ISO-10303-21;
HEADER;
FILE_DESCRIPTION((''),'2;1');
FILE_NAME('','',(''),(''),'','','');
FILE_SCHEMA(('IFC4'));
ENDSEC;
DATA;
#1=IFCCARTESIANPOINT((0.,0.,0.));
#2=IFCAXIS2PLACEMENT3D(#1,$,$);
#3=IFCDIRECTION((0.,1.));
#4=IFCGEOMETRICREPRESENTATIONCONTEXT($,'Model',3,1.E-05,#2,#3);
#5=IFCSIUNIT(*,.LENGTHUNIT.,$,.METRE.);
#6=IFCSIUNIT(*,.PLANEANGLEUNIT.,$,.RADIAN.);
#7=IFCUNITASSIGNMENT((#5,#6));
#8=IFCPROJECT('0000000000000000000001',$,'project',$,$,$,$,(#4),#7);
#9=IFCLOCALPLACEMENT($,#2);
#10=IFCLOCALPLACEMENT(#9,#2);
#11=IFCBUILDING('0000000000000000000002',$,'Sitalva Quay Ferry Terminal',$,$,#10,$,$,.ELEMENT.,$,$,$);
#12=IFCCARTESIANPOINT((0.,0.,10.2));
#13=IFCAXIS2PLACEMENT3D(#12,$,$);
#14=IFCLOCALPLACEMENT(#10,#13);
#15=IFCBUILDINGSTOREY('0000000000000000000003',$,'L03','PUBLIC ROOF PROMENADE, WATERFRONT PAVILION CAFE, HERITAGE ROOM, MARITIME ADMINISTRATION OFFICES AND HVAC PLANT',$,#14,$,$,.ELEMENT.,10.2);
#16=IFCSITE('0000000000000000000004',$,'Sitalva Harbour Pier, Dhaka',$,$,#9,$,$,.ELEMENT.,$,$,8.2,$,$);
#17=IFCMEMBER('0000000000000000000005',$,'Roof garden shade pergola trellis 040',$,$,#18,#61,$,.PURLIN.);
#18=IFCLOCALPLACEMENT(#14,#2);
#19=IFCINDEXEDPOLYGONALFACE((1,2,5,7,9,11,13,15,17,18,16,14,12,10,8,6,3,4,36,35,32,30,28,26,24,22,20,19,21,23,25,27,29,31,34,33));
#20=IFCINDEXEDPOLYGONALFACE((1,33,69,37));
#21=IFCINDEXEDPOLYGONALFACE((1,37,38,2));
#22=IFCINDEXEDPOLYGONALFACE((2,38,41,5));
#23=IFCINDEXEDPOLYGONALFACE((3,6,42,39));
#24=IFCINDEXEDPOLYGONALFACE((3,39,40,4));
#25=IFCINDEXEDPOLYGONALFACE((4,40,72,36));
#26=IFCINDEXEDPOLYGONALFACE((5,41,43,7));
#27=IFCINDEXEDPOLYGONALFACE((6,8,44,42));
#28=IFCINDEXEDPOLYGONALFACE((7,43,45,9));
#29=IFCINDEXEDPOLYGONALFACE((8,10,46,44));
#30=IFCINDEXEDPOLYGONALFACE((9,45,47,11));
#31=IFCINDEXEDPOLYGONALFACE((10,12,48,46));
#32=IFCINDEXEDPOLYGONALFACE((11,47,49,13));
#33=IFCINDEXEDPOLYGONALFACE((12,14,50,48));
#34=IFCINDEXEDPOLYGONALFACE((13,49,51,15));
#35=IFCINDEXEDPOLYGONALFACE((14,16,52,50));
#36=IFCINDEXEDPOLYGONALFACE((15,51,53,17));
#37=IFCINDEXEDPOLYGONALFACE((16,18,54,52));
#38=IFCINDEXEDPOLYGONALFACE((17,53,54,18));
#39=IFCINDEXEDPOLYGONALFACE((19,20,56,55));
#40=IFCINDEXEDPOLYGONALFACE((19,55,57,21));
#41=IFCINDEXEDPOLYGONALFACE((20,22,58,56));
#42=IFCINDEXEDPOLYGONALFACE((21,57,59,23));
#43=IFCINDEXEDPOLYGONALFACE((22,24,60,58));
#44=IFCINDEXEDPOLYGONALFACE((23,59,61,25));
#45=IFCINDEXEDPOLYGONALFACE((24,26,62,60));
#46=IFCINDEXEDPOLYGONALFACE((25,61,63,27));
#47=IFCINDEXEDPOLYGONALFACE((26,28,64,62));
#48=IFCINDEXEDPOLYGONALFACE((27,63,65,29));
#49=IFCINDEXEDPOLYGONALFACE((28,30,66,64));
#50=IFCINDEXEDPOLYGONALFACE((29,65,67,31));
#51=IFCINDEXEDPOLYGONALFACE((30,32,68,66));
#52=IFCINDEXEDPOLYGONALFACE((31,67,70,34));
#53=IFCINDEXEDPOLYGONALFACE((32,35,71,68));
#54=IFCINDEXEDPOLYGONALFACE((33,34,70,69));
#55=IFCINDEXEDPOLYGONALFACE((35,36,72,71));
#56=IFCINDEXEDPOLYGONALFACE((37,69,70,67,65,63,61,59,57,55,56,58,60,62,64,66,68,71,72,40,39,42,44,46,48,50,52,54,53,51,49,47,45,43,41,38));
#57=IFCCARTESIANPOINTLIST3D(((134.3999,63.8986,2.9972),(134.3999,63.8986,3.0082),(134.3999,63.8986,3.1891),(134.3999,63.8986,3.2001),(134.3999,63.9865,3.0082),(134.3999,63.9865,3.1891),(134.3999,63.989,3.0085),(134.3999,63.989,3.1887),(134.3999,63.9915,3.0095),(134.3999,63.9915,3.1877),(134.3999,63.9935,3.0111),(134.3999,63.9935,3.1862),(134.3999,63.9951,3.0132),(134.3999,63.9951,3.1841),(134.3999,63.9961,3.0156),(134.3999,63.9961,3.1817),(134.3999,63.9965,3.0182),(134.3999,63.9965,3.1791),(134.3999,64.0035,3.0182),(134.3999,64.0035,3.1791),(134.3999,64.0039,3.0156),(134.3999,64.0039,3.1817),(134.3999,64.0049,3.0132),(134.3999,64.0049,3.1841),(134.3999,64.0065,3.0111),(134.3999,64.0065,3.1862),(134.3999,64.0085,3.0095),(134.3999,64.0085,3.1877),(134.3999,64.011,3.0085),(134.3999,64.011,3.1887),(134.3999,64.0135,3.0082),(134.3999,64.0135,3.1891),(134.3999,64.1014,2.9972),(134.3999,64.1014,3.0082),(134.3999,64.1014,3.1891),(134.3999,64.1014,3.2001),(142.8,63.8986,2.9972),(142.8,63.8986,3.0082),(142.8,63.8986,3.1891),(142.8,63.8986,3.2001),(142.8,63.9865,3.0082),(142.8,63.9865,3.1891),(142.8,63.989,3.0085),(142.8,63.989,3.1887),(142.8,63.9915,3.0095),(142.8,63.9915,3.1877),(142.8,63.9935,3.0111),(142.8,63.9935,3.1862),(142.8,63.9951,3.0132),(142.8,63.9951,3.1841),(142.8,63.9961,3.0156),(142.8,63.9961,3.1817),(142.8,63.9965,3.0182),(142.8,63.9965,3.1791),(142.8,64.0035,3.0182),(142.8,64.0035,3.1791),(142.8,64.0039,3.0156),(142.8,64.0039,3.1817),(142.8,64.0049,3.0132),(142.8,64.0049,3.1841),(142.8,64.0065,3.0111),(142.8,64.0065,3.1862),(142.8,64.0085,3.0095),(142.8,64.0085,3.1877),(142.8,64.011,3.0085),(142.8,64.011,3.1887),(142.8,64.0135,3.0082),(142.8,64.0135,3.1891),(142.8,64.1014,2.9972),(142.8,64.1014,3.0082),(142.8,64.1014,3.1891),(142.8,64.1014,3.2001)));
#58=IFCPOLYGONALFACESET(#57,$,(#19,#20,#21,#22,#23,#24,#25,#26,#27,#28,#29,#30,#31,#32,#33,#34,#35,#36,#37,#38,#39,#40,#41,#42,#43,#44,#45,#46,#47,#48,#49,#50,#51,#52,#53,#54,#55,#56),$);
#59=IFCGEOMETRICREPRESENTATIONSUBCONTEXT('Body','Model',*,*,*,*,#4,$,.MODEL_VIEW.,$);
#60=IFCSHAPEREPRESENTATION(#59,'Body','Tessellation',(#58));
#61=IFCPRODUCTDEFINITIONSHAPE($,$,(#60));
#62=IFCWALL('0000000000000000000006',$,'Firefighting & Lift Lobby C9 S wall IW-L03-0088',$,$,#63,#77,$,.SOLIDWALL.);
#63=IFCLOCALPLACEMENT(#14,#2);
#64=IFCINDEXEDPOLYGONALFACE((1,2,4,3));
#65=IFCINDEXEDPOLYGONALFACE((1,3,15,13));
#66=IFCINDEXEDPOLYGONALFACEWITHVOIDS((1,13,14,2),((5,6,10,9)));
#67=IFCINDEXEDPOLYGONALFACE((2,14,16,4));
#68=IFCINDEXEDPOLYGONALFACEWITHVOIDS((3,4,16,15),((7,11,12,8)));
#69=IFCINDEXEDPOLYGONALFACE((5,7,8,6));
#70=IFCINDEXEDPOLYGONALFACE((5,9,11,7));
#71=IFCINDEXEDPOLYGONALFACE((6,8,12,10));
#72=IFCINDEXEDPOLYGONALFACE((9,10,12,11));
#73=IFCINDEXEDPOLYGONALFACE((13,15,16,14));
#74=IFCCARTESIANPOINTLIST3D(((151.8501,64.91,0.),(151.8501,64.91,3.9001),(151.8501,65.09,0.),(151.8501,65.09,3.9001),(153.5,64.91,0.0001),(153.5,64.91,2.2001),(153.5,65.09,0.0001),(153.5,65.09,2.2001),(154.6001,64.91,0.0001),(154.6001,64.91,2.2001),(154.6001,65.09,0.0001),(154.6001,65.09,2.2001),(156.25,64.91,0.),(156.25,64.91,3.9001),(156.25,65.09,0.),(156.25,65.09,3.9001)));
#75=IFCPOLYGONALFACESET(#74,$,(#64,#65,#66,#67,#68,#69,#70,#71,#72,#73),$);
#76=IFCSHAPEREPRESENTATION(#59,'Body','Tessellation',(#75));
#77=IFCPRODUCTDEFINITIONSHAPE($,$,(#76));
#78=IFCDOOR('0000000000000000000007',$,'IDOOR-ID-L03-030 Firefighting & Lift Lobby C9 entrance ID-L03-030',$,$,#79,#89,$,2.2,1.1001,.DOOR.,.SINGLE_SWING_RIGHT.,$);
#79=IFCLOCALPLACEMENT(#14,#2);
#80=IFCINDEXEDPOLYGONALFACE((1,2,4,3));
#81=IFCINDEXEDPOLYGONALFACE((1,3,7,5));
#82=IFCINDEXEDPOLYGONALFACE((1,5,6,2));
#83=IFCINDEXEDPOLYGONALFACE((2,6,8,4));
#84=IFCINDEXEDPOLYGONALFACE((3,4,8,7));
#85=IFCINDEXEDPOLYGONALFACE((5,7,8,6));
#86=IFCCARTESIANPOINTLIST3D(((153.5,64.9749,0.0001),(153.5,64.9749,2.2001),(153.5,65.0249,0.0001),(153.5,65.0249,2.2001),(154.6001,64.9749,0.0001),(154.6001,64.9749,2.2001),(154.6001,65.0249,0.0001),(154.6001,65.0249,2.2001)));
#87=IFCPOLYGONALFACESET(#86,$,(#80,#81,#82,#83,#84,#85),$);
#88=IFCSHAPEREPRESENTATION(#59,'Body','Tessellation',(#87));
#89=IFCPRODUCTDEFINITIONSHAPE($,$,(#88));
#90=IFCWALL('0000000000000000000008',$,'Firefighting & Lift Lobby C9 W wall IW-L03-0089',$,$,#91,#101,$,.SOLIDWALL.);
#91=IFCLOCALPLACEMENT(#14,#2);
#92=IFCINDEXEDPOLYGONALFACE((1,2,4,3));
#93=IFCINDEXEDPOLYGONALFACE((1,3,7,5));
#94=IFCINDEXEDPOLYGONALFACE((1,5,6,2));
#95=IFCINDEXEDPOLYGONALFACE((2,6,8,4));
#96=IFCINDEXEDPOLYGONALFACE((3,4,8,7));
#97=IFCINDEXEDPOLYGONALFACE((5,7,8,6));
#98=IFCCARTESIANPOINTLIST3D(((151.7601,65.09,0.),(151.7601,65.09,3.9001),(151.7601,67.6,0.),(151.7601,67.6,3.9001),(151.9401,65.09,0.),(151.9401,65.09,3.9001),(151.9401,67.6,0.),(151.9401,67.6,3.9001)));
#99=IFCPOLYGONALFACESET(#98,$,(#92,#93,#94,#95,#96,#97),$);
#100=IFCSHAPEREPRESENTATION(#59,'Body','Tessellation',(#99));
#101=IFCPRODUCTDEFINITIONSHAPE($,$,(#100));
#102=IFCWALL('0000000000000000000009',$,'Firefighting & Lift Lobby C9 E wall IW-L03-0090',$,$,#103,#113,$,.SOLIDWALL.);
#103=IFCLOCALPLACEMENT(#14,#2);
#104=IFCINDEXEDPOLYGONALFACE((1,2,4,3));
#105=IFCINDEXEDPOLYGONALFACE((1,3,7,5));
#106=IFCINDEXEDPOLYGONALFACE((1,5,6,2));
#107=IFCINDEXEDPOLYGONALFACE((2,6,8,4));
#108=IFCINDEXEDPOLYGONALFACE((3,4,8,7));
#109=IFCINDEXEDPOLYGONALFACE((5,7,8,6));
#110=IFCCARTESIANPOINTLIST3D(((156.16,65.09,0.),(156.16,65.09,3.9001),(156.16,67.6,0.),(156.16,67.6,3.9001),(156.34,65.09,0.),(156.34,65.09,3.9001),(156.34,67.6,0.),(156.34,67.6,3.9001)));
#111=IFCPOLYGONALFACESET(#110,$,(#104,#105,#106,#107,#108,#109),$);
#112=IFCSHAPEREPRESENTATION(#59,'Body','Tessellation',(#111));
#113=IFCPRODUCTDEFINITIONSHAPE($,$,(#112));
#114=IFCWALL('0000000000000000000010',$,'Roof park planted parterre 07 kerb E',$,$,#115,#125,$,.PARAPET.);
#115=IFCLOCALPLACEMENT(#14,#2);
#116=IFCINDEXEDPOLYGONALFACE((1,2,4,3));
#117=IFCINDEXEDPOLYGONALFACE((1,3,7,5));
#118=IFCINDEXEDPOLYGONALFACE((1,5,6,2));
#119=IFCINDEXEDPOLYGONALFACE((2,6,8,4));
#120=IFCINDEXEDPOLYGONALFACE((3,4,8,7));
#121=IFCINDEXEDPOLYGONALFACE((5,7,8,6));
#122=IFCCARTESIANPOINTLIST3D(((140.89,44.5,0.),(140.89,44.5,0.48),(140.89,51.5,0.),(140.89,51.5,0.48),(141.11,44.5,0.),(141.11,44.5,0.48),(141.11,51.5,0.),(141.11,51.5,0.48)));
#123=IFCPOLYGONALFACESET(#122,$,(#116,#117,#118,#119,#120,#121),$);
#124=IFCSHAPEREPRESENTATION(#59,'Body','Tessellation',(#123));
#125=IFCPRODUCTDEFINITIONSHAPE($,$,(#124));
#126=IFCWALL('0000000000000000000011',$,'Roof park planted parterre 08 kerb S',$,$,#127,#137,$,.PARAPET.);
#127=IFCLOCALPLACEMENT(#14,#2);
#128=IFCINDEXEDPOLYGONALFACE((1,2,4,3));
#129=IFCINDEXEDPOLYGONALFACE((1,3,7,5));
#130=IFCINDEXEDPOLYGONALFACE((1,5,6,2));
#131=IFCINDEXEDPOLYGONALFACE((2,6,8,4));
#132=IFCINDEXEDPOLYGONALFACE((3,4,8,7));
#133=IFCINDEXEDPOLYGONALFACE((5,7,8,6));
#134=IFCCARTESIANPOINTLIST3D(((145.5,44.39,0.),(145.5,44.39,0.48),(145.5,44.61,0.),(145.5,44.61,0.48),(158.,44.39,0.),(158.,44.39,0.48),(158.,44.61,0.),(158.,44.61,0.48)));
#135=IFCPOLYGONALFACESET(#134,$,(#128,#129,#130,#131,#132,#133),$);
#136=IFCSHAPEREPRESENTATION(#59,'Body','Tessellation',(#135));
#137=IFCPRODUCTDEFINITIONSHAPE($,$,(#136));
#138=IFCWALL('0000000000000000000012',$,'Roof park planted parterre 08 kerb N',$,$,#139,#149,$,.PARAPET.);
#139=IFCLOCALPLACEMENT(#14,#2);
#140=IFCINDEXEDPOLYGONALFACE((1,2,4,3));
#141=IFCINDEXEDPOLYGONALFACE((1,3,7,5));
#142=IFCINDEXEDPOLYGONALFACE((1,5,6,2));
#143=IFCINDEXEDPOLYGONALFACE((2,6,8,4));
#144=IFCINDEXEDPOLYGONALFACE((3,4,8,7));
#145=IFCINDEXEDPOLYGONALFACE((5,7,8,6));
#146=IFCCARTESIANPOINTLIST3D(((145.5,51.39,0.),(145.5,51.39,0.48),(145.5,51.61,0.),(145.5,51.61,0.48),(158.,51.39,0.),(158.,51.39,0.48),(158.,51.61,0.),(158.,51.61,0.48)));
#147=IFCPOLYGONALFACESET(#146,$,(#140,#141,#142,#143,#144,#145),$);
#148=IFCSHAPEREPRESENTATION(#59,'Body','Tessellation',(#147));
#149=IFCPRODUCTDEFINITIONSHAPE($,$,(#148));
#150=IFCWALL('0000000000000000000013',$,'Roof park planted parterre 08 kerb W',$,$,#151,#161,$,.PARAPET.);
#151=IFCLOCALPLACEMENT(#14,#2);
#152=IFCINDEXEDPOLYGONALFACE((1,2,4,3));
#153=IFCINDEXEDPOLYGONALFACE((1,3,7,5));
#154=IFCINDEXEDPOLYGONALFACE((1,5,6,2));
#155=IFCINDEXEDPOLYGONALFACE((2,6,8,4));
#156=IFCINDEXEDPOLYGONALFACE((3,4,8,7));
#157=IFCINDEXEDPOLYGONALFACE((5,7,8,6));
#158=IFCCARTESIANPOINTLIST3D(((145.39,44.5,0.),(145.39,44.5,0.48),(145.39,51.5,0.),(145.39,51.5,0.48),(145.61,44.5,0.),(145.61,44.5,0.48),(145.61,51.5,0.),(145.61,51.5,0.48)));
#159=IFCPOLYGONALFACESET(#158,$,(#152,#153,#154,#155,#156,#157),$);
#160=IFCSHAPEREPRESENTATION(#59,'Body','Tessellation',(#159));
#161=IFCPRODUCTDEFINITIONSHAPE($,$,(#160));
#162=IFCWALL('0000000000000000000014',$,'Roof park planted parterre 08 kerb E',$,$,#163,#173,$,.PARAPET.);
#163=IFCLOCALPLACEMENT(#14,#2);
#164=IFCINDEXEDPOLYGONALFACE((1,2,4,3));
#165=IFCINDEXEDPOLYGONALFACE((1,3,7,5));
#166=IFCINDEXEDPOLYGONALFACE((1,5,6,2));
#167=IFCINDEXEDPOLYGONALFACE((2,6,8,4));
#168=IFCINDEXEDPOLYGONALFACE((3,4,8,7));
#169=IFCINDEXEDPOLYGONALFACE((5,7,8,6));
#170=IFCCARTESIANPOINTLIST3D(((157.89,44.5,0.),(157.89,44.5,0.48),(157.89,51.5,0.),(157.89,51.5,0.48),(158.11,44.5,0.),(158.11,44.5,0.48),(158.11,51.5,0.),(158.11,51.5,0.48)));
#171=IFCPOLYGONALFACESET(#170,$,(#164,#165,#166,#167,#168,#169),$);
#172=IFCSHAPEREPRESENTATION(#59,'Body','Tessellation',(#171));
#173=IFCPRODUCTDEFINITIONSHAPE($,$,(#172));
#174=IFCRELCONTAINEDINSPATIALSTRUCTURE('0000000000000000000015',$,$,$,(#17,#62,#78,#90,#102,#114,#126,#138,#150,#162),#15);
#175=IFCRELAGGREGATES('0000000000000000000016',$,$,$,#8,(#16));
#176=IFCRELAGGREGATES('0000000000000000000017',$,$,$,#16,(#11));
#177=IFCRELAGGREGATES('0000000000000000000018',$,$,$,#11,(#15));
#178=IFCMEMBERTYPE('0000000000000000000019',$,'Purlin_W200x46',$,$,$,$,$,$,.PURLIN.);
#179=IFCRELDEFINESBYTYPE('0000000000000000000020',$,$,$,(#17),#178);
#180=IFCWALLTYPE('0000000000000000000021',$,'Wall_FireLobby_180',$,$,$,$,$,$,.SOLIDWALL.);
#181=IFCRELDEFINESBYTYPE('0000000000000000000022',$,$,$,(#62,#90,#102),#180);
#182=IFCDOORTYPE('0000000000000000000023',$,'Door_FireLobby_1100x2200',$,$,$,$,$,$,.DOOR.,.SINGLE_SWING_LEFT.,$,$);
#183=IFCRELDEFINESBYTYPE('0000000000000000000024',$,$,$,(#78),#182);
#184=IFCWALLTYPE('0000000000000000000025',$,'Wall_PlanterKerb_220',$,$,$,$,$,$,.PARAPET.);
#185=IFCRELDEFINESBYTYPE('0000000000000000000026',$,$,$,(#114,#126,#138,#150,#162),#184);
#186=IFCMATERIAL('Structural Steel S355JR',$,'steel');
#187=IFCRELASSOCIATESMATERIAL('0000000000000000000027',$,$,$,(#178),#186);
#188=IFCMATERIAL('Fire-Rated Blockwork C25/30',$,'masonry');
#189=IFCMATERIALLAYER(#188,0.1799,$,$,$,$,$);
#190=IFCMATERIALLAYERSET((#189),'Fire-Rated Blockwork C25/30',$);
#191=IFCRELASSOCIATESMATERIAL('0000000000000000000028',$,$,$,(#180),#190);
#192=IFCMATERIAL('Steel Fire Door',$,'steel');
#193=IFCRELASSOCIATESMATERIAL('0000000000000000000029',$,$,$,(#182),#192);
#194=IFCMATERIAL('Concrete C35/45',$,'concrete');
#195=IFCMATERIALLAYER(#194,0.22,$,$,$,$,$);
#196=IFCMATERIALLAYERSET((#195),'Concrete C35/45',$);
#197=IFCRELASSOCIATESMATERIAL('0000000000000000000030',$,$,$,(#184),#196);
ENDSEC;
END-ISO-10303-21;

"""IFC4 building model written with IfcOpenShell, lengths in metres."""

from ifc_helpers import new_model, si_unit, direction, frame, frame_2d, origin, origin_2d, place, context, subcontext, project, spatial, rectangle, i_section, extrude, material, layer, layer_set, material_profile, profile_set, type_object, element, fill, save


model = new_model("IFC4")

# Units and contexts
model_context = context("Model", 3, precision=1e-05, world=origin(), true_north=direction((0.0, 1.0)))
body_context = subcontext(model_context, "Body", "Model", "MODEL_VIEW")
ifc_project = project(units=[si_unit("LENGTHUNIT", "METRE"), si_unit("PLANEANGLEUNIT", "RADIAN")], contexts=[model_context])

# Site, building, storey
site_placement = place(None, origin())
site = spatial("IfcSite", under=ifc_project, at=site_placement, Name="Sitalva Harbour Pier, Dhaka", CompositionType="ELEMENT", RefElevation=8.2)
building_placement = place(site_placement, origin())
building = spatial("IfcBuilding", under=site, at=building_placement, Name="Sitalva Quay Ferry Terminal", CompositionType="ELEMENT")
storey_placement = place(building_placement, frame((0.0, 0.0, 10.2)))
storey = spatial("IfcBuildingStorey", under=building, at=storey_placement, Name="L03", Description="PUBLIC ROOF PROMENADE, WATERFRONT PAVILION CAFE, HERITAGE ROOM, MARITIME ADMINISTRATION OFFICES AND HVAC PLANT", CompositionType="ELEMENT", Elevation=10.2)

# Member
ifc_material_1 = material(Name="Structural Steel S355JR", Category="steel")
ifc_material_profile_1 = material_profile(ifc_material_1, i_section(OverallWidth=0.2029, OverallDepth=0.2029, WebThickness=0.0071, FlangeThickness=0.011, FilletRadius=0.01, at=origin_2d()), Name="W200x46")
ifc_profile_set_1 = profile_set([ifc_material_profile_1], Name="Structural Steel S355JR")
member_type_1 = type_object("IfcMemberType", Name="Purlin_W200x46", PredefinedType="PURLIN", material=ifc_profile_set_1)
for number, where, z_axis, x_axis, name in (
    (1, (134.3999, 64.0, 3.0986), (1.0, 0.0, 0.0), (0.0, 1.0, 0.0), "Roof garden shade pergola trellis 040"),
):
    element("IfcMember", number, at=place(storey_placement, frame(where, z_axis=z_axis, x_axis=x_axis)), inside=storey, type_object=member_type_1, Name=name, PredefinedType="PURLIN", context=body_context, shape_type="SweptSolid", body=[
        extrude(i_section(OverallWidth=0.2029, OverallDepth=0.2029, WebThickness=0.0071, FlangeThickness=0.011, FilletRadius=0.01, at=origin_2d()), origin(), (0.0, 0.0, 1.0), 8.4001),
    ])

# Wall, opening, door
ifc_material_2 = material(Name="Fire-Rated Blockwork C25/30", Category="masonry")
ifc_layer_1 = layer(ifc_material_2, 0.1799)
ifc_layer_set_1 = layer_set([ifc_layer_1], Name="Fire-Rated Blockwork C25/30")
wall_type_1 = type_object("IfcWallType", Name="Wall_FireLobby_180", PredefinedType="SOLIDWALL", material=ifc_layer_set_1)
wall_1_placement = place(storey_placement, frame((151.8501, 65.0, 0.0), z_axis=(0.0, 0.0, 1.0), x_axis=(1.0, 0.0, 0.0)))
wall_1 = element("IfcWall", 2, at=wall_1_placement, inside=storey, type_object=wall_type_1, Name="Firefighting & Lift Lobby C9 S wall IW-L03-0088", PredefinedType="SOLIDWALL", context=body_context, shape_type="SweptSolid", body=[
    extrude(rectangle(XDim=4.3999, YDim=0.1799, at=frame_2d((2.2, 0.0))), origin(), (0.0, 0.0, 1.0), 3.9001),
])
opening_placement = place(wall_1_placement, frame((1.6499, 0.0, 0.0)))
opening = element("IfcOpeningElement", 3, at=opening_placement, cuts=wall_1, PredefinedType="OPENING", context=body_context, shape_type="SweptSolid", body=[
    extrude(rectangle(XDim=1.1001, YDim=2.2, at=frame_2d((0.55, 1.1001))), frame((0.0, 0.0999, 0.0), z_axis=(0.0, -1.0, 0.0), x_axis=(1.0, 0.0, 0.0)), (0.0, 0.0, 1.0), 0.2),
])
ifc_material_3 = material(Name="Steel Fire Door", Category="steel")
door_type = type_object("IfcDoorType", Name="Door_FireLobby_1100x2200", OperationType="SINGLE_SWING_LEFT", PredefinedType="DOOR", material=ifc_material_3)
door_placement = place(opening_placement, origin())
door = element("IfcDoor", 4, at=door_placement, inside=storey, type_object=door_type, Name="IDOOR-ID-L03-030 Firefighting & Lift Lobby C9 entrance ID-L03-030", OperationType="SINGLE_SWING_RIGHT", OverallHeight=2.2, OverallWidth=1.1001, PredefinedType="DOOR", context=body_context, shape_type="SweptSolid", body=[
    extrude(rectangle(XDim=1.1001, YDim=2.2, at=frame_2d((0.55, 1.1001))), frame((0.0, 0.0249, 0.0), z_axis=(0.0, -1.0, 0.0), x_axis=(1.0, 0.0, 0.0)), (0.0, 0.0, 1.0), 0.05),
])
fill(opening, door)

# Walls
for number, where, z_axis, x_axis, name in (
    (5, (151.8501, 65.0901, 0.0), (0.0, 0.0, 1.0), (0.0, 1.0, 0.0), "Firefighting & Lift Lobby C9 W wall IW-L03-0089"),
    (6, (156.25, 65.0901, 0.0), (0.0, 0.0, 1.0), (0.0, 1.0, 0.0), "Firefighting & Lift Lobby C9 E wall IW-L03-0090"),
):
    element("IfcWall", number, at=place(storey_placement, frame(where, z_axis=z_axis, x_axis=x_axis)), inside=storey, type_object=wall_type_1, Name=name, PredefinedType="SOLIDWALL", context=body_context, shape_type="SweptSolid", body=[
        extrude(rectangle(XDim=2.51, YDim=0.1799, at=frame_2d((1.2549, 0.0))), origin(), (0.0, 0.0, 1.0), 3.9001),
    ])
ifc_material_4 = material(Name="Concrete C35/45", Category="concrete")
ifc_layer_2 = layer(ifc_material_4, 0.22)
ifc_layer_set_2 = layer_set([ifc_layer_2], Name="Concrete C35/45")
wall_type_2 = type_object("IfcWallType", Name="Wall_PlanterKerb_220", PredefinedType="PARAPET", material=ifc_layer_set_2)
wall_2_placement = place(storey_placement, frame((141.0, 44.5, 0.0), z_axis=(0.0, 0.0, 1.0), x_axis=(0.0, 1.0, 0.0)))
element("IfcWall", 7, at=wall_2_placement, inside=storey, type_object=wall_type_2, Name="Roof park planted parterre 07 kerb E", PredefinedType="PARAPET", context=body_context, shape_type="SweptSolid", body=[
    extrude(rectangle(XDim=7.0, YDim=0.22, at=frame_2d((3.5, 0.0))), origin(), (0.0, 0.0, 1.0), 0.48),
])
for number, where, z_axis, x_axis, name in (
    (8, (145.5, 44.5, 0.0), (0.0, 0.0, 1.0), (1.0, 0.0, 0.0), "Roof park planted parterre 08 kerb S"),
    (9, (145.5, 51.5, 0.0), (0.0, 0.0, 1.0), (1.0, 0.0, 0.0), "Roof park planted parterre 08 kerb N"),
):
    element("IfcWall", number, at=place(storey_placement, frame(where, z_axis=z_axis, x_axis=x_axis)), inside=storey, type_object=wall_type_2, Name=name, PredefinedType="PARAPET", context=body_context, shape_type="SweptSolid", body=[
        extrude(rectangle(XDim=12.5, YDim=0.22, at=frame_2d((6.25, 0.0))), origin(), (0.0, 0.0, 1.0), 0.48),
    ])
for number, where, z_axis, x_axis, name in (
    (10, (145.5, 44.5, 0.0), (0.0, 0.0, 1.0), (0.0, 1.0, 0.0), "Roof park planted parterre 08 kerb W"),
    (11, (158.0, 44.5, 0.0), (0.0, 0.0, 1.0), (0.0, 1.0, 0.0), "Roof park planted parterre 08 kerb E"),
):
    element("IfcWall", number, at=place(storey_placement, frame(where, z_axis=z_axis, x_axis=x_axis)), inside=storey, type_object=wall_type_2, Name=name, PredefinedType="PARAPET", context=body_context, shape_type="SweptSolid", body=[
        extrude(rectangle(XDim=7.0, YDim=0.22, at=frame_2d((3.5, 0.0))), origin(), (0.0, 0.0, 1.0), 0.48),
    ])

save(model, "model.ifc")
